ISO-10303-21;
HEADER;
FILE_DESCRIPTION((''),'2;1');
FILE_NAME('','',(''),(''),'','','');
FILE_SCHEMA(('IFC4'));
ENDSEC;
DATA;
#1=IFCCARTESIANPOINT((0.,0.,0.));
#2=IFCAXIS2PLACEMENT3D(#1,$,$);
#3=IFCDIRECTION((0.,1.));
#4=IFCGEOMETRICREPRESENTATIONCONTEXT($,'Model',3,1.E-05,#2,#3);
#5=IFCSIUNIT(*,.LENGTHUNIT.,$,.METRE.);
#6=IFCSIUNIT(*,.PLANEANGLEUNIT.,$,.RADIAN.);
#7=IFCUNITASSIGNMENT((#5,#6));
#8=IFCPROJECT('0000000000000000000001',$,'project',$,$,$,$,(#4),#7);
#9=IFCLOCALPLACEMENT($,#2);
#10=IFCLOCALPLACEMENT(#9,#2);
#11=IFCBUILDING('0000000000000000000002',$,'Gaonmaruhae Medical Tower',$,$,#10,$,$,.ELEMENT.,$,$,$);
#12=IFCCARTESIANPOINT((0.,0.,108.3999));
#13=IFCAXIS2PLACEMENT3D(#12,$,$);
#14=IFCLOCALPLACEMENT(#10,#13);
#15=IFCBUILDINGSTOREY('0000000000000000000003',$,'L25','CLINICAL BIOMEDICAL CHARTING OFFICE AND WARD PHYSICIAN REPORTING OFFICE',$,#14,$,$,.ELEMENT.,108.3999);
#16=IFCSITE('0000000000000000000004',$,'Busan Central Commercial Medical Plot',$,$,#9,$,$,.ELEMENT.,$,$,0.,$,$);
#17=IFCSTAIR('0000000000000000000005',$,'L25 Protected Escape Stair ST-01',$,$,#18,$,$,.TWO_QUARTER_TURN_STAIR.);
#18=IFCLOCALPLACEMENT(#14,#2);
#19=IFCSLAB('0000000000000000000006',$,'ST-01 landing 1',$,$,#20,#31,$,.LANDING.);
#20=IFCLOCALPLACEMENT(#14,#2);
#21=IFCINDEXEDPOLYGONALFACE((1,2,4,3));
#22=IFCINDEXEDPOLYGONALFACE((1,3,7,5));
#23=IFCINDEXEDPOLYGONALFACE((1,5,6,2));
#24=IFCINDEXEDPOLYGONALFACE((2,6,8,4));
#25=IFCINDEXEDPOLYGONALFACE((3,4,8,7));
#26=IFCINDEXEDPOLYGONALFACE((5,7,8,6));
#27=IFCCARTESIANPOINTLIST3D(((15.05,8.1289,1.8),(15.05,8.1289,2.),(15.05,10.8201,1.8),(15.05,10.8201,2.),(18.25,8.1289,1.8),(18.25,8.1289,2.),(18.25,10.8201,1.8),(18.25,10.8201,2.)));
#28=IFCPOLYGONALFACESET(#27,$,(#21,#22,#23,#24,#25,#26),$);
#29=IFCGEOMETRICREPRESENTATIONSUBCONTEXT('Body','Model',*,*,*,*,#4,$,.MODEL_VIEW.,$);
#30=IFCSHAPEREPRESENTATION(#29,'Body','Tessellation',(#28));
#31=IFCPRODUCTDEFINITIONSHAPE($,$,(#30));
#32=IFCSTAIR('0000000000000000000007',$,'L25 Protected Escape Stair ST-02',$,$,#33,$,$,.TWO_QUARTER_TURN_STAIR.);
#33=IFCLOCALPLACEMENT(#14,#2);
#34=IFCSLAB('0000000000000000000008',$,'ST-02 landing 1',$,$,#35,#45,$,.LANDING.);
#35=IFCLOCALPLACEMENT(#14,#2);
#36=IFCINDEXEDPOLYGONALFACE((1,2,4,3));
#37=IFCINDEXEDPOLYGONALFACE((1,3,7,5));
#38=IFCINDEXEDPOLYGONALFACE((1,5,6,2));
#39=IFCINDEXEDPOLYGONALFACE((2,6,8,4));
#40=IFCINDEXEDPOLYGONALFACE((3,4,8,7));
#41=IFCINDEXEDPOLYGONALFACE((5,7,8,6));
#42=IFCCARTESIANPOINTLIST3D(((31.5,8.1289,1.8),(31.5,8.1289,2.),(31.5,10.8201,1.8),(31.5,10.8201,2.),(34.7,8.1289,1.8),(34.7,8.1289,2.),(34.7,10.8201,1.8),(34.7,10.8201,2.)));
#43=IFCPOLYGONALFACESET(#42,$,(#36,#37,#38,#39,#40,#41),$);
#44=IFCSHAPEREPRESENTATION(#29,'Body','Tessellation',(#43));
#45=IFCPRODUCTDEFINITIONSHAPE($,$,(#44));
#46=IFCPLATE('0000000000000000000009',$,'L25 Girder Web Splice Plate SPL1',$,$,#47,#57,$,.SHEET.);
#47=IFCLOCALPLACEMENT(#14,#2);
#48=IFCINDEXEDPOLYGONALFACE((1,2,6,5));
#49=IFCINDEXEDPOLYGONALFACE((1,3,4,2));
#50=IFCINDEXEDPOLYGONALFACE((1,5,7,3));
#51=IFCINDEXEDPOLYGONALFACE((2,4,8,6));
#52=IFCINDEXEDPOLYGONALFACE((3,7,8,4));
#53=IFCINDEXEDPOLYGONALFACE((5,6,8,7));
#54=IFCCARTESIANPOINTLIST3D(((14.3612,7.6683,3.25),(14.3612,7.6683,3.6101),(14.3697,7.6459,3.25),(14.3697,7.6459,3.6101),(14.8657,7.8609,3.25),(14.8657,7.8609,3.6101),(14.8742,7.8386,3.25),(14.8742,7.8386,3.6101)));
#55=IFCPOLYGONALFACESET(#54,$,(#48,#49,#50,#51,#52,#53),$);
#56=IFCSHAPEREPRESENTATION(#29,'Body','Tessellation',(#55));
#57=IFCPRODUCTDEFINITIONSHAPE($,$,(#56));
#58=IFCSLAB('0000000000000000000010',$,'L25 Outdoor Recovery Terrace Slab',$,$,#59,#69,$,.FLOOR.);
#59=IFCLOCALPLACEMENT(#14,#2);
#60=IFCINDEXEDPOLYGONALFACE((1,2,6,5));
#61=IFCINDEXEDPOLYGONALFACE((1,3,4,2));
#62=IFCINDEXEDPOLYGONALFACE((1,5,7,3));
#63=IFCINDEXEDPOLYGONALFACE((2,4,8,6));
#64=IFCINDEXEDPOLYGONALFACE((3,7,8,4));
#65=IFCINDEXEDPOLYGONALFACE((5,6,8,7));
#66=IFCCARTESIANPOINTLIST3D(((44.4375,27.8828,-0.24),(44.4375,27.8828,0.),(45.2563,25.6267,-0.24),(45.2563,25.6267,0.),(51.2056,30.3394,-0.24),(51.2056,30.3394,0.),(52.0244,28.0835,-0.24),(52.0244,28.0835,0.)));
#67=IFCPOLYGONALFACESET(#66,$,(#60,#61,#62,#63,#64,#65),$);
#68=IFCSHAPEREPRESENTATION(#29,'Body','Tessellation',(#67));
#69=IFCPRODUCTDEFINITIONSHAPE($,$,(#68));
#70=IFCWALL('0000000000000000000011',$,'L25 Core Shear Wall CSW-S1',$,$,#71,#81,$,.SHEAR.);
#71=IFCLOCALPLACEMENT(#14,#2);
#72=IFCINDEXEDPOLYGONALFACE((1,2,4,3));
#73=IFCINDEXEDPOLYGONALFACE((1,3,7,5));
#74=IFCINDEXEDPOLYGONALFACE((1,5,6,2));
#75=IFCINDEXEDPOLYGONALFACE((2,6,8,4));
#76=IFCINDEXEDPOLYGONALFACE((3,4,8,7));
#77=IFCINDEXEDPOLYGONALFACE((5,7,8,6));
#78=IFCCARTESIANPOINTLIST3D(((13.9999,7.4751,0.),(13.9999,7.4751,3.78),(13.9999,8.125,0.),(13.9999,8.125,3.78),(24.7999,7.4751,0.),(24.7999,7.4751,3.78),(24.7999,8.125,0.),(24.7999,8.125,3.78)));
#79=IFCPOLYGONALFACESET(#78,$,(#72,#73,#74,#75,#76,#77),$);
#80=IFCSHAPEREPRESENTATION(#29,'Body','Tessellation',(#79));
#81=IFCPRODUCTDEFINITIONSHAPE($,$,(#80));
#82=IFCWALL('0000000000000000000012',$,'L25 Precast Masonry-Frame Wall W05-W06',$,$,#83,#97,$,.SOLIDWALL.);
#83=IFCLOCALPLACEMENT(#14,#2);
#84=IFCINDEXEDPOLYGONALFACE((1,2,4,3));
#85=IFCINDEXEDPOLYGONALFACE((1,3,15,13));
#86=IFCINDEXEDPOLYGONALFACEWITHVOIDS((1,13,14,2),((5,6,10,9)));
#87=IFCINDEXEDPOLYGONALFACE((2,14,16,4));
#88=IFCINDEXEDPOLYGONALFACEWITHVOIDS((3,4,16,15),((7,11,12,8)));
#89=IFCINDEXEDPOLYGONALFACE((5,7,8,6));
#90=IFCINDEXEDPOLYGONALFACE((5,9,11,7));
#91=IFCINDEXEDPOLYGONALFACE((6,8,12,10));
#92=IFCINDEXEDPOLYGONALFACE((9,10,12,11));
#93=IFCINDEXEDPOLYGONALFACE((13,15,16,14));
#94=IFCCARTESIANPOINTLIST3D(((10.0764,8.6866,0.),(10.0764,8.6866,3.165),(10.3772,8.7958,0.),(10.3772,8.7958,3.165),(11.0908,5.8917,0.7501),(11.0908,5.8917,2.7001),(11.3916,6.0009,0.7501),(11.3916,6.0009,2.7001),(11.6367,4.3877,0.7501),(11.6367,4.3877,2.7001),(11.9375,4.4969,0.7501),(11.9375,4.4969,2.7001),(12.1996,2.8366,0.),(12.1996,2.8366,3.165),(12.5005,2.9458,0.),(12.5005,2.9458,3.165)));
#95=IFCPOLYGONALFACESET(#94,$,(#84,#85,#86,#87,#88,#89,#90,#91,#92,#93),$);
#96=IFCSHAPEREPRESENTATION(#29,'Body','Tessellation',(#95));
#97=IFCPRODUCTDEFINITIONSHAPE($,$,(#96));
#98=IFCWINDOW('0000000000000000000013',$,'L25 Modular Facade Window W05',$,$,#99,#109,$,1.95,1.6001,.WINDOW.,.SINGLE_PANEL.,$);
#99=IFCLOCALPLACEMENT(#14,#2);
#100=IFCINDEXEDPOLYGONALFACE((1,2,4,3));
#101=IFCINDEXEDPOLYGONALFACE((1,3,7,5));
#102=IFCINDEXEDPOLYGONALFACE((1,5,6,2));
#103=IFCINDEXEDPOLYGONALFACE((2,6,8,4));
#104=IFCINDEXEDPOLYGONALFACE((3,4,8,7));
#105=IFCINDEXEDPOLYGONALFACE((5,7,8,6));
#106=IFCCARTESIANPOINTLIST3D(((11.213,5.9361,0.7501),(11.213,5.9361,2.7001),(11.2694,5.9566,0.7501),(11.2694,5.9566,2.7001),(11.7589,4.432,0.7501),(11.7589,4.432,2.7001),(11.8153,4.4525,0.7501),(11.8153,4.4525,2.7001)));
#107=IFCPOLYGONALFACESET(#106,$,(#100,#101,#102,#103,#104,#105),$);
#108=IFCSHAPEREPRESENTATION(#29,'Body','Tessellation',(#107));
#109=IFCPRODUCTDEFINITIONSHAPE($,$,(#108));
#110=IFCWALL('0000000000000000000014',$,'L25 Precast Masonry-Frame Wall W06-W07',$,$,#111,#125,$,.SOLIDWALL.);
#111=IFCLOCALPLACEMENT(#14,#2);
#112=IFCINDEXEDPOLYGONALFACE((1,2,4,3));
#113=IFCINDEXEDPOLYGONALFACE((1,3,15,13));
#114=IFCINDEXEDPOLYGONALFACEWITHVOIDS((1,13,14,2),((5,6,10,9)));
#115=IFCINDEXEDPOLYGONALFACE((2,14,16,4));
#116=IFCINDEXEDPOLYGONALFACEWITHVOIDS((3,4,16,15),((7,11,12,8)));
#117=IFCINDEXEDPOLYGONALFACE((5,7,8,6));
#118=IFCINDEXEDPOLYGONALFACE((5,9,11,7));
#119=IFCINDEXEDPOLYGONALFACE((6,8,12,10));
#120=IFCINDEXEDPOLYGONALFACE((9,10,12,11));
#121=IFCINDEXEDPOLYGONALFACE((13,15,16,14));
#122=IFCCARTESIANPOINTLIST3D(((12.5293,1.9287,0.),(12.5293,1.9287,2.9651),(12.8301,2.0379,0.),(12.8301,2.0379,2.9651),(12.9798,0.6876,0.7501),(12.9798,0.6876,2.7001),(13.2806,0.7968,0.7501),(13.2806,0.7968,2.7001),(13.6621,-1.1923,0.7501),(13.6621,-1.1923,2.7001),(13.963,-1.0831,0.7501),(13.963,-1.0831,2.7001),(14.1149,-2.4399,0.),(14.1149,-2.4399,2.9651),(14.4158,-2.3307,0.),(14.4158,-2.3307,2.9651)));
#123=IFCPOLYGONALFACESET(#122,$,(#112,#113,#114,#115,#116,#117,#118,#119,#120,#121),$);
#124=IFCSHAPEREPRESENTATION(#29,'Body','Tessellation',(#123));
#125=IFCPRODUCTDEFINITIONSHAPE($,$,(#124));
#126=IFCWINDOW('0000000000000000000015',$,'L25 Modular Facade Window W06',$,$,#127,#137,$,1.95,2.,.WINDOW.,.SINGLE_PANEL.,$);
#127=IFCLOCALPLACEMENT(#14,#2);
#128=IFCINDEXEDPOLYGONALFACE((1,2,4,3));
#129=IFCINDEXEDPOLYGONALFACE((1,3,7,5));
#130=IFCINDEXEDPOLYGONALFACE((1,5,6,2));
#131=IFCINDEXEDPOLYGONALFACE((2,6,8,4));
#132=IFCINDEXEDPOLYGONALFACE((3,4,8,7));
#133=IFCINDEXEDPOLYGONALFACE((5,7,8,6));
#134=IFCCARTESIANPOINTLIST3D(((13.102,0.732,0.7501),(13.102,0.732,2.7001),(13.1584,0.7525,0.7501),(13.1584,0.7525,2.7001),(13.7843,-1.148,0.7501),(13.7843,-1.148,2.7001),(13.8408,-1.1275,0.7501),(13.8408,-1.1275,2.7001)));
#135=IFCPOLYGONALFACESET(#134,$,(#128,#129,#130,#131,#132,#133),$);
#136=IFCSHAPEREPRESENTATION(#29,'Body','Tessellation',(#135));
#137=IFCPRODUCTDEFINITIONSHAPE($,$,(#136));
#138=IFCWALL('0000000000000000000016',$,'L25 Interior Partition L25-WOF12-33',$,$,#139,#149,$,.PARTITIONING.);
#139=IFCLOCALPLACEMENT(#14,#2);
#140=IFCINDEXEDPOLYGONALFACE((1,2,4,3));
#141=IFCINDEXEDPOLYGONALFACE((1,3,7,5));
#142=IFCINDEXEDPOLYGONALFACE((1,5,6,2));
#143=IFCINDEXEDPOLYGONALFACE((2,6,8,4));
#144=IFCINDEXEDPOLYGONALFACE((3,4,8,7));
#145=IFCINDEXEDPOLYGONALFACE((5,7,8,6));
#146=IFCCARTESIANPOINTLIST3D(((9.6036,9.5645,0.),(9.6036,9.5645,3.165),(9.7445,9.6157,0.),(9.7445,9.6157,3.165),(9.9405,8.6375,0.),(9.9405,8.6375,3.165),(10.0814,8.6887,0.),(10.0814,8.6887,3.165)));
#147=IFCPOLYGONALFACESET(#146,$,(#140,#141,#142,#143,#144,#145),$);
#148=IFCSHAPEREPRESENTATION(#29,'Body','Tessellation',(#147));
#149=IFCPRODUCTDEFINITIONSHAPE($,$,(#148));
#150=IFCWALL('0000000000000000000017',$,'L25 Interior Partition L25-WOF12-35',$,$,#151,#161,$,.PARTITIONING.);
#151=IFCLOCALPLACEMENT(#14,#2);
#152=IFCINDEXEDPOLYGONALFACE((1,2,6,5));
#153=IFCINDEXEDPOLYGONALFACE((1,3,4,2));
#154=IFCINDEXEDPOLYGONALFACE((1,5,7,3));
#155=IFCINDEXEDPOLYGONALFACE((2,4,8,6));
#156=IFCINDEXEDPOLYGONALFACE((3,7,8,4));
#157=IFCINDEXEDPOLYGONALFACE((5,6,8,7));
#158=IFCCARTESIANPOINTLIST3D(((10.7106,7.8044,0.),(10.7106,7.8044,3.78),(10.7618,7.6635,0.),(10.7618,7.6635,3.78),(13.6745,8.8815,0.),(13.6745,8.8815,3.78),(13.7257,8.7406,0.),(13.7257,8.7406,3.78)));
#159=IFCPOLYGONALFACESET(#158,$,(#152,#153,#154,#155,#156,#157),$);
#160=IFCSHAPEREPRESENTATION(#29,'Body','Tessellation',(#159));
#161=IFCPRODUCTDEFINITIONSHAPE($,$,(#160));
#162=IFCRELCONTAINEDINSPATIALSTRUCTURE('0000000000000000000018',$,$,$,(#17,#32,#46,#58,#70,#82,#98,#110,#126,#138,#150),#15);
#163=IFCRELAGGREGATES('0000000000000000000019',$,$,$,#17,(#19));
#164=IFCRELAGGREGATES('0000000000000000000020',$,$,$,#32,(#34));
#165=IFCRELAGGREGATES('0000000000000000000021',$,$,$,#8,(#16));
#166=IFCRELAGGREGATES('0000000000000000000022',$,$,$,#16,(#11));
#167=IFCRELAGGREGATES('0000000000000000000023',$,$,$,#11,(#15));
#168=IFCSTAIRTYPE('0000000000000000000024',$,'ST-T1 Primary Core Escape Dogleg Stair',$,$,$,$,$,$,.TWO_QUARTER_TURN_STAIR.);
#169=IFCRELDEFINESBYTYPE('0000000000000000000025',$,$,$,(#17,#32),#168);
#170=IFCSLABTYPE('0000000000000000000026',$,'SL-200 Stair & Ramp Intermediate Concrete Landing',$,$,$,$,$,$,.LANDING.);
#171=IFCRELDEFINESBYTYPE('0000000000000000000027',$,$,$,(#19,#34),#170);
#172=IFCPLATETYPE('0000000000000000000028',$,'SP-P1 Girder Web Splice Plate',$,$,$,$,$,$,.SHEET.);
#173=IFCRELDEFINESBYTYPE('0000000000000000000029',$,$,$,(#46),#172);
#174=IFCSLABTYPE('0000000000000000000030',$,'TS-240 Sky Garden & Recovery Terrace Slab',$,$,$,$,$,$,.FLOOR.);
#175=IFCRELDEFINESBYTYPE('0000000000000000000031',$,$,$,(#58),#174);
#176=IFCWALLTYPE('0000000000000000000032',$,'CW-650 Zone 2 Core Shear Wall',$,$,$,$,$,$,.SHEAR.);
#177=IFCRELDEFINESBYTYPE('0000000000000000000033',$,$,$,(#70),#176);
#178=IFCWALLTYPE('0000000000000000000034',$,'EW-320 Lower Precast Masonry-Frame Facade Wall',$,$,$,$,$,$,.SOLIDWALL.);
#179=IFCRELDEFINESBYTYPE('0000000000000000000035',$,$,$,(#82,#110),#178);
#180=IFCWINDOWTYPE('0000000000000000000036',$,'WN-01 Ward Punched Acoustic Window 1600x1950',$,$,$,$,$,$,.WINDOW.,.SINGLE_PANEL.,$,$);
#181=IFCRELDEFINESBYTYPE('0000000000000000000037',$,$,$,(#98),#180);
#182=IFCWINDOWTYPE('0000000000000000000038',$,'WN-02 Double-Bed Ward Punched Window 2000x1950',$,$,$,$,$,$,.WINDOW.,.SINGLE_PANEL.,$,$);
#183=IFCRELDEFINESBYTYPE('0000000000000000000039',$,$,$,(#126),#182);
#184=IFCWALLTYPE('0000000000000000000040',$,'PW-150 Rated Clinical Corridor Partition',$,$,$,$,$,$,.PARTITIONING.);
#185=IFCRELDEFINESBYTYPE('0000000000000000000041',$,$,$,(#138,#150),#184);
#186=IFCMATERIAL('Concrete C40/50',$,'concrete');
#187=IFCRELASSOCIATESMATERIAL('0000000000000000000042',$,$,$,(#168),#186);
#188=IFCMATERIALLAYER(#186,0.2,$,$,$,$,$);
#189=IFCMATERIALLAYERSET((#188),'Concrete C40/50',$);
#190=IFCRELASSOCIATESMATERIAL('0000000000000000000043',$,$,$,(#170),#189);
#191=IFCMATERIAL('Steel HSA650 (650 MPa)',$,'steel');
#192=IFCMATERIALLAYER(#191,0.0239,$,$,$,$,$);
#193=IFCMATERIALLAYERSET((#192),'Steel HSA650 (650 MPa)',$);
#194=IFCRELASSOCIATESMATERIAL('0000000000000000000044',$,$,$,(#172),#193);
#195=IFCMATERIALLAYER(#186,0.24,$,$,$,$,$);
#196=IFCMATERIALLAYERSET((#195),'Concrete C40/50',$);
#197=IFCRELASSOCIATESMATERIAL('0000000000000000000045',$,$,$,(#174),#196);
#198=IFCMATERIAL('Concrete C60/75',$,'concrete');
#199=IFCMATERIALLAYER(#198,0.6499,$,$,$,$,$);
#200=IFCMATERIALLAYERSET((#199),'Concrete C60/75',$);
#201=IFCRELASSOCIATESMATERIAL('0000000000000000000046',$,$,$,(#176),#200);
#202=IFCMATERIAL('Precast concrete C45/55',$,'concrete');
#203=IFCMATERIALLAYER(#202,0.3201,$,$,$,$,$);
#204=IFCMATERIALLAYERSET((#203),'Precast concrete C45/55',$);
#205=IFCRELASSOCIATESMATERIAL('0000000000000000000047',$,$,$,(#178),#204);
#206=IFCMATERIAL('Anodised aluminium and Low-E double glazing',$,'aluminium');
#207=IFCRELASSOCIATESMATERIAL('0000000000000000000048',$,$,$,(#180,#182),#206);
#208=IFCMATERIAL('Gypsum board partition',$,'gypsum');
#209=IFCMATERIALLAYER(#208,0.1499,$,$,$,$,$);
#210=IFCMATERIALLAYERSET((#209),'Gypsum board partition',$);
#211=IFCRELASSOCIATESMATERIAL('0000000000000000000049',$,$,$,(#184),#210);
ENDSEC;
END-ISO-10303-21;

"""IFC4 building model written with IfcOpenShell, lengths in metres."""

from ifc_helpers import new_model, si_unit, direction, frame, frame_2d, origin, origin_2d, place, context, subcontext, project, spatial, polyline, rectangle, outline, extrude, material, layer, layer_set, type_object, element, fill, aggregate, save


model = new_model("IFC4")

# Units and contexts
model_context = context("Model", 3, precision=1e-05, world=origin(), true_north=direction((0.0, 1.0)))
body_context = subcontext(model_context, "Body", "Model", "MODEL_VIEW")
ifc_project = project(units=[si_unit("LENGTHUNIT", "METRE"), si_unit("PLANEANGLEUNIT", "RADIAN")], contexts=[model_context])

# Site, building, storey
site_placement = place(None, origin())
site = spatial("IfcSite", under=ifc_project, at=site_placement, Name="Busan Central Commercial Medical Plot", CompositionType="ELEMENT", RefElevation=0.0)
building_placement = place(site_placement, origin())
building = spatial("IfcBuilding", under=site, at=building_placement, Name="Gaonmaruhae Medical Tower", CompositionType="ELEMENT")
storey_placement = place(building_placement, frame((0.0, 0.0, 108.3999)))
storey = spatial("IfcBuildingStorey", under=building, at=storey_placement, Name="L25", Description="CLINICAL BIOMEDICAL CHARTING OFFICE AND WARD PHYSICIAN REPORTING OFFICE", CompositionType="ELEMENT", Elevation=108.3999)

# Shared definitions
ifc_material_1 = material(Name="Concrete C60/75", Category="concrete")

# Shared definitions
ifc_material_2 = material(Name="Concrete C40/50", Category="concrete")

# Stairs, slabs
stair_type = type_object("IfcStairType", Name="ST-T1 Primary Core Escape Dogleg Stair", PredefinedType="TWO_QUARTER_TURN_STAIR", material=ifc_material_2)
stair_1_placement = place(storey_placement, origin())
stair_1 = element("IfcStair", 1, at=stair_1_placement, inside=storey, type_object=stair_type, Name="L25 Protected Escape Stair ST-01", PredefinedType="TWO_QUARTER_TURN_STAIR")
ifc_layer_1 = layer(ifc_material_2, 0.2)
ifc_layer_set_1 = layer_set([ifc_layer_1], Name="Concrete C40/50")
slab_type_1 = type_object("IfcSlabType", Name="SL-200 Stair & Ramp Intermediate Concrete Landing", PredefinedType="LANDING", material=ifc_layer_set_1)
slab_1_placement = place(storey_placement, frame((0.0, 0.0, 1.8)))
slab_1 = element("IfcSlab", 2, at=slab_1_placement, type_object=slab_type_1, Name="ST-01 landing 1", PredefinedType="LANDING", context=body_context, shape_type="SweptSolid", body=[
    extrude(outline(polyline([(15.05, 10.8201), (15.05, 8.1289), (18.25, 8.1289), (18.25, 10.8201), (15.05, 10.8201)])), origin(), (0.0, 0.0, 1.0), 0.2),
])
aggregate(stair_1, [slab_1])
stair_2_placement = place(storey_placement, origin())
stair_2 = element("IfcStair", 3, at=stair_2_placement, inside=storey, type_object=stair_type, Name="L25 Protected Escape Stair ST-02", PredefinedType="TWO_QUARTER_TURN_STAIR")
slab_2_placement = place(storey_placement, frame((0.0, 0.0, 1.8)))
slab_2 = element("IfcSlab", 4, at=slab_2_placement, type_object=slab_type_1, Name="ST-02 landing 1", PredefinedType="LANDING", context=body_context, shape_type="SweptSolid", body=[
    extrude(outline(polyline([(31.5, 10.8201), (31.5, 8.1289), (34.7, 8.1289), (34.7, 10.8201), (31.5, 10.8201)])), origin(), (0.0, 0.0, 1.0), 0.2),
])
aggregate(stair_2, [slab_2])

# Plate
ifc_material_3 = material(Name="Steel HSA650 (650 MPa)", Category="steel")
ifc_layer_2 = layer(ifc_material_3, 0.0239)
ifc_layer_set_2 = layer_set([ifc_layer_2], Name="Steel HSA650 (650 MPa)")
plate_type = type_object("IfcPlateType", Name="SP-P1 Girder Web Splice Plate", PredefinedType="SHEET", material=ifc_layer_set_2)
plate_placement = place(storey_placement, frame((14.6177, 7.7534, 3.25), z_axis=(0.0, 0.0, 1.0), x_axis=(0.934204, 0.356738, 0.0)))
element("IfcPlate", 5, at=plate_placement, inside=storey, type_object=plate_type, Name="L25 Girder Web Splice Plate SPL1", PredefinedType="SHEET", context=body_context, shape_type="SweptSolid", body=[
    extrude(rectangle(XDim=0.54, YDim=0.0239, at=origin_2d()), origin(), (0.0, 0.0, 1.0), 0.3601),
])

# Slab
ifc_layer_3 = layer(ifc_material_2, 0.24)
ifc_layer_set_3 = layer_set([ifc_layer_3], Name="Concrete C40/50")
slab_type_2 = type_object("IfcSlabType", Name="TS-240 Sky Garden & Recovery Terrace Slab", PredefinedType="FLOOR", material=ifc_layer_set_3)
slab_3_placement = place(storey_placement, frame((0.0, 0.0, -0.24)))
element("IfcSlab", 6, at=slab_3_placement, inside=storey, type_object=slab_type_2, Name="L25 Outdoor Recovery Terrace Slab", PredefinedType="FLOOR", context=body_context, shape_type="SweptSolid", body=[
    extrude(outline(polyline([(45.2563, 25.6267), (52.0244, 28.0835), (51.2056, 30.3394), (44.4375, 27.8828), (45.2563, 25.6267)])), origin(), (0.0, 0.0, 1.0), 0.24),
])

# Wall
ifc_layer_4 = layer(ifc_material_1, 0.6499)
ifc_layer_set_4 = layer_set([ifc_layer_4], Name="Concrete C60/75")
wall_type_1 = type_object("IfcWallType", Name="CW-650 Zone 2 Core Shear Wall", PredefinedType="SHEAR", material=ifc_layer_set_4)
wall_1_placement = place(storey_placement, frame((14.0, 7.8, 0.0), z_axis=(0.0, 0.0, 1.0), x_axis=(1.0, 0.0, 0.0)))
element("IfcWall", 7, at=wall_1_placement, inside=storey, type_object=wall_type_1, Name="L25 Core Shear Wall CSW-S1", PredefinedType="SHEAR", context=body_context, shape_type="SweptSolid", body=[
    extrude(rectangle(XDim=10.8, YDim=0.6499, at=frame_2d((5.3999, 0.0))), origin(), (0.0, 0.0, 1.0), 3.78),
])

# Walls, openings, windows
ifc_material_4 = material(Name="Precast concrete C45/55", Category="concrete")
ifc_layer_5 = layer(ifc_material_4, 0.3201)
ifc_layer_set_5 = layer_set([ifc_layer_5], Name="Precast concrete C45/55")
wall_type_2 = type_object("IfcWallType", Name="EW-320 Lower Precast Masonry-Frame Facade Wall", PredefinedType="SOLIDWALL", material=ifc_layer_set_5)
wall_2_placement = place(storey_placement, frame((12.3501, 2.8911, 0.0), z_axis=(0.0, 0.0, 1.0), x_axis=(-0.341173, 0.940001, 0.0)))
wall_2 = element("IfcWall", 8, at=wall_2_placement, inside=storey, type_object=wall_type_2, Name="L25 Precast Masonry-Frame Wall W05-W06", PredefinedType="SOLIDWALL", context=body_context, shape_type="SweptSolid", body=[
    extrude(rectangle(XDim=6.2234, YDim=0.3201, at=frame_2d((3.1118, 0.0))), origin(), (0.0, 0.0, 1.0), 3.165),
])
opening_1_placement = place(wall_2_placement, frame((1.6501, 0.0, 0.75)))
opening_1 = element("IfcOpeningElement", 9, at=opening_1_placement, cuts=wall_2, PredefinedType="OPENING", context=body_context, shape_type="SweptSolid", body=[
    extrude(rectangle(XDim=1.6001, YDim=1.95, at=frame_2d((0.8, 0.9751))), frame((0.0, 0.1699, 0.0), z_axis=(0.0, -1.0, 0.0), x_axis=(1.0, 0.0, 0.0)), (0.0, 0.0, 1.0), 0.3401),
])
ifc_material_5 = material(Name="Anodised aluminium and Low-E double glazing", Category="aluminium")
window_type_1 = type_object("IfcWindowType", Name="WN-01 Ward Punched Acoustic Window 1600x1950", PartitioningType="SINGLE_PANEL", PredefinedType="WINDOW", material=ifc_material_5)
window_1_placement = place(opening_1_placement, origin())
window_1 = element("IfcWindow", 10, at=window_1_placement, inside=storey, type_object=window_type_1, Name="L25 Modular Facade Window W05", OverallHeight=1.95, OverallWidth=1.6001, PartitioningType="SINGLE_PANEL", PredefinedType="WINDOW", context=body_context, shape_type="SweptSolid", body=[
    extrude(rectangle(XDim=1.6001, YDim=1.95, at=frame_2d((0.8, 0.9751))), frame((0.0, 0.03, 0.0), z_axis=(0.0, -1.0, 0.0), x_axis=(1.0, 0.0, 0.0)), (0.0, 0.0, 1.0), 0.0601),
])
fill(opening_1, window_1)
wall_3_placement = place(storey_placement, frame((14.2654, -2.3853, 0.0), z_axis=(0.0, 0.0, 1.0), x_axis=(-0.34119, 0.939994, 0.0)))
wall_3 = element("IfcWall", 11, at=wall_3_placement, inside=storey, type_object=wall_type_2, Name="L25 Precast Masonry-Frame Wall W06-W07", PredefinedType="SOLIDWALL", context=body_context, shape_type="SweptSolid", body=[
    extrude(rectangle(XDim=4.6475, YDim=0.3201, at=frame_2d((2.3237, 0.0))), origin(), (0.0, 0.0, 1.0), 2.9651),
])
opening_2_placement = place(wall_3_placement, frame((1.3271, 0.0, 0.75)))
opening_2 = element("IfcOpeningElement", 12, at=opening_2_placement, cuts=wall_3, PredefinedType="OPENING", context=body_context, shape_type="SweptSolid", body=[
    extrude(rectangle(XDim=2.0, YDim=1.95, at=frame_2d((1.0, 0.9751))), frame((0.0, 0.1699, 0.0), z_axis=(0.0, -1.0, 0.0), x_axis=(1.0, 0.0, 0.0)), (0.0, 0.0, 1.0), 0.3401),
])
window_type_2 = type_object("IfcWindowType", Name="WN-02 Double-Bed Ward Punched Window 2000x1950", PartitioningType="SINGLE_PANEL", PredefinedType="WINDOW", material=ifc_material_5)
window_2_placement = place(opening_2_placement, origin())
window_2 = element("IfcWindow", 13, at=window_2_placement, inside=storey, type_object=window_type_2, Name="L25 Modular Facade Window W06", OverallHeight=1.95, OverallWidth=2.0, PartitioningType="SINGLE_PANEL", PredefinedType="WINDOW", context=body_context, shape_type="SweptSolid", body=[
    extrude(rectangle(XDim=2.0, YDim=1.95, at=frame_2d((1.0, 0.9751))), frame((0.0, 0.03, 0.0), z_axis=(0.0, -1.0, 0.0), x_axis=(1.0, 0.0, 0.0)), (0.0, 0.0, 1.0), 0.0601),
])
fill(opening_2, window_2)

# Walls
ifc_material_6 = material(Name="Gypsum board partition", Category="gypsum")
ifc_layer_6 = layer(ifc_material_6, 0.1499)
ifc_layer_set_6 = layer_set([ifc_layer_6], Name="Gypsum board partition")
wall_type_3 = type_object("IfcWallType", Name="PW-150 Rated Clinical Corridor Partition", PredefinedType="PARTITIONING", material=ifc_layer_set_6)
wall_4_placement = place(storey_placement, frame((10.011, 8.6631, 0.0), z_axis=(0.0, 0.0, 1.0), x_axis=(-0.341584, 0.939851, 0.0)))
element("IfcWall", 14, at=wall_4_placement, inside=storey, type_object=wall_type_3, Name="L25 Interior Partition L25-WOF12-33", PredefinedType="PARTITIONING", context=body_context, shape_type="SweptSolid", body=[
    extrude(rectangle(XDim=0.9863, YDim=0.1499, at=frame_2d((0.4932, 0.0))), origin(), (0.0, 0.0, 1.0), 3.165),
])
wall_5_placement = place(storey_placement, frame((13.7, 8.811, 0.0), z_axis=(0.0, 0.0, 1.0), x_axis=(-0.939857, -0.341569, 0.0)))
element("IfcWall", 15, at=wall_5_placement, inside=storey, type_object=wall_type_3, Name="L25 Interior Partition L25-WOF12-35", PredefinedType="PARTITIONING", context=body_context, shape_type="SweptSolid", body=[
    extrude(rectangle(XDim=3.1536, YDim=0.1499, at=frame_2d((1.5767, 0.0))), origin(), (0.0, 0.0, 1.0), 3.78),
])

save(model, "model.ifc")
